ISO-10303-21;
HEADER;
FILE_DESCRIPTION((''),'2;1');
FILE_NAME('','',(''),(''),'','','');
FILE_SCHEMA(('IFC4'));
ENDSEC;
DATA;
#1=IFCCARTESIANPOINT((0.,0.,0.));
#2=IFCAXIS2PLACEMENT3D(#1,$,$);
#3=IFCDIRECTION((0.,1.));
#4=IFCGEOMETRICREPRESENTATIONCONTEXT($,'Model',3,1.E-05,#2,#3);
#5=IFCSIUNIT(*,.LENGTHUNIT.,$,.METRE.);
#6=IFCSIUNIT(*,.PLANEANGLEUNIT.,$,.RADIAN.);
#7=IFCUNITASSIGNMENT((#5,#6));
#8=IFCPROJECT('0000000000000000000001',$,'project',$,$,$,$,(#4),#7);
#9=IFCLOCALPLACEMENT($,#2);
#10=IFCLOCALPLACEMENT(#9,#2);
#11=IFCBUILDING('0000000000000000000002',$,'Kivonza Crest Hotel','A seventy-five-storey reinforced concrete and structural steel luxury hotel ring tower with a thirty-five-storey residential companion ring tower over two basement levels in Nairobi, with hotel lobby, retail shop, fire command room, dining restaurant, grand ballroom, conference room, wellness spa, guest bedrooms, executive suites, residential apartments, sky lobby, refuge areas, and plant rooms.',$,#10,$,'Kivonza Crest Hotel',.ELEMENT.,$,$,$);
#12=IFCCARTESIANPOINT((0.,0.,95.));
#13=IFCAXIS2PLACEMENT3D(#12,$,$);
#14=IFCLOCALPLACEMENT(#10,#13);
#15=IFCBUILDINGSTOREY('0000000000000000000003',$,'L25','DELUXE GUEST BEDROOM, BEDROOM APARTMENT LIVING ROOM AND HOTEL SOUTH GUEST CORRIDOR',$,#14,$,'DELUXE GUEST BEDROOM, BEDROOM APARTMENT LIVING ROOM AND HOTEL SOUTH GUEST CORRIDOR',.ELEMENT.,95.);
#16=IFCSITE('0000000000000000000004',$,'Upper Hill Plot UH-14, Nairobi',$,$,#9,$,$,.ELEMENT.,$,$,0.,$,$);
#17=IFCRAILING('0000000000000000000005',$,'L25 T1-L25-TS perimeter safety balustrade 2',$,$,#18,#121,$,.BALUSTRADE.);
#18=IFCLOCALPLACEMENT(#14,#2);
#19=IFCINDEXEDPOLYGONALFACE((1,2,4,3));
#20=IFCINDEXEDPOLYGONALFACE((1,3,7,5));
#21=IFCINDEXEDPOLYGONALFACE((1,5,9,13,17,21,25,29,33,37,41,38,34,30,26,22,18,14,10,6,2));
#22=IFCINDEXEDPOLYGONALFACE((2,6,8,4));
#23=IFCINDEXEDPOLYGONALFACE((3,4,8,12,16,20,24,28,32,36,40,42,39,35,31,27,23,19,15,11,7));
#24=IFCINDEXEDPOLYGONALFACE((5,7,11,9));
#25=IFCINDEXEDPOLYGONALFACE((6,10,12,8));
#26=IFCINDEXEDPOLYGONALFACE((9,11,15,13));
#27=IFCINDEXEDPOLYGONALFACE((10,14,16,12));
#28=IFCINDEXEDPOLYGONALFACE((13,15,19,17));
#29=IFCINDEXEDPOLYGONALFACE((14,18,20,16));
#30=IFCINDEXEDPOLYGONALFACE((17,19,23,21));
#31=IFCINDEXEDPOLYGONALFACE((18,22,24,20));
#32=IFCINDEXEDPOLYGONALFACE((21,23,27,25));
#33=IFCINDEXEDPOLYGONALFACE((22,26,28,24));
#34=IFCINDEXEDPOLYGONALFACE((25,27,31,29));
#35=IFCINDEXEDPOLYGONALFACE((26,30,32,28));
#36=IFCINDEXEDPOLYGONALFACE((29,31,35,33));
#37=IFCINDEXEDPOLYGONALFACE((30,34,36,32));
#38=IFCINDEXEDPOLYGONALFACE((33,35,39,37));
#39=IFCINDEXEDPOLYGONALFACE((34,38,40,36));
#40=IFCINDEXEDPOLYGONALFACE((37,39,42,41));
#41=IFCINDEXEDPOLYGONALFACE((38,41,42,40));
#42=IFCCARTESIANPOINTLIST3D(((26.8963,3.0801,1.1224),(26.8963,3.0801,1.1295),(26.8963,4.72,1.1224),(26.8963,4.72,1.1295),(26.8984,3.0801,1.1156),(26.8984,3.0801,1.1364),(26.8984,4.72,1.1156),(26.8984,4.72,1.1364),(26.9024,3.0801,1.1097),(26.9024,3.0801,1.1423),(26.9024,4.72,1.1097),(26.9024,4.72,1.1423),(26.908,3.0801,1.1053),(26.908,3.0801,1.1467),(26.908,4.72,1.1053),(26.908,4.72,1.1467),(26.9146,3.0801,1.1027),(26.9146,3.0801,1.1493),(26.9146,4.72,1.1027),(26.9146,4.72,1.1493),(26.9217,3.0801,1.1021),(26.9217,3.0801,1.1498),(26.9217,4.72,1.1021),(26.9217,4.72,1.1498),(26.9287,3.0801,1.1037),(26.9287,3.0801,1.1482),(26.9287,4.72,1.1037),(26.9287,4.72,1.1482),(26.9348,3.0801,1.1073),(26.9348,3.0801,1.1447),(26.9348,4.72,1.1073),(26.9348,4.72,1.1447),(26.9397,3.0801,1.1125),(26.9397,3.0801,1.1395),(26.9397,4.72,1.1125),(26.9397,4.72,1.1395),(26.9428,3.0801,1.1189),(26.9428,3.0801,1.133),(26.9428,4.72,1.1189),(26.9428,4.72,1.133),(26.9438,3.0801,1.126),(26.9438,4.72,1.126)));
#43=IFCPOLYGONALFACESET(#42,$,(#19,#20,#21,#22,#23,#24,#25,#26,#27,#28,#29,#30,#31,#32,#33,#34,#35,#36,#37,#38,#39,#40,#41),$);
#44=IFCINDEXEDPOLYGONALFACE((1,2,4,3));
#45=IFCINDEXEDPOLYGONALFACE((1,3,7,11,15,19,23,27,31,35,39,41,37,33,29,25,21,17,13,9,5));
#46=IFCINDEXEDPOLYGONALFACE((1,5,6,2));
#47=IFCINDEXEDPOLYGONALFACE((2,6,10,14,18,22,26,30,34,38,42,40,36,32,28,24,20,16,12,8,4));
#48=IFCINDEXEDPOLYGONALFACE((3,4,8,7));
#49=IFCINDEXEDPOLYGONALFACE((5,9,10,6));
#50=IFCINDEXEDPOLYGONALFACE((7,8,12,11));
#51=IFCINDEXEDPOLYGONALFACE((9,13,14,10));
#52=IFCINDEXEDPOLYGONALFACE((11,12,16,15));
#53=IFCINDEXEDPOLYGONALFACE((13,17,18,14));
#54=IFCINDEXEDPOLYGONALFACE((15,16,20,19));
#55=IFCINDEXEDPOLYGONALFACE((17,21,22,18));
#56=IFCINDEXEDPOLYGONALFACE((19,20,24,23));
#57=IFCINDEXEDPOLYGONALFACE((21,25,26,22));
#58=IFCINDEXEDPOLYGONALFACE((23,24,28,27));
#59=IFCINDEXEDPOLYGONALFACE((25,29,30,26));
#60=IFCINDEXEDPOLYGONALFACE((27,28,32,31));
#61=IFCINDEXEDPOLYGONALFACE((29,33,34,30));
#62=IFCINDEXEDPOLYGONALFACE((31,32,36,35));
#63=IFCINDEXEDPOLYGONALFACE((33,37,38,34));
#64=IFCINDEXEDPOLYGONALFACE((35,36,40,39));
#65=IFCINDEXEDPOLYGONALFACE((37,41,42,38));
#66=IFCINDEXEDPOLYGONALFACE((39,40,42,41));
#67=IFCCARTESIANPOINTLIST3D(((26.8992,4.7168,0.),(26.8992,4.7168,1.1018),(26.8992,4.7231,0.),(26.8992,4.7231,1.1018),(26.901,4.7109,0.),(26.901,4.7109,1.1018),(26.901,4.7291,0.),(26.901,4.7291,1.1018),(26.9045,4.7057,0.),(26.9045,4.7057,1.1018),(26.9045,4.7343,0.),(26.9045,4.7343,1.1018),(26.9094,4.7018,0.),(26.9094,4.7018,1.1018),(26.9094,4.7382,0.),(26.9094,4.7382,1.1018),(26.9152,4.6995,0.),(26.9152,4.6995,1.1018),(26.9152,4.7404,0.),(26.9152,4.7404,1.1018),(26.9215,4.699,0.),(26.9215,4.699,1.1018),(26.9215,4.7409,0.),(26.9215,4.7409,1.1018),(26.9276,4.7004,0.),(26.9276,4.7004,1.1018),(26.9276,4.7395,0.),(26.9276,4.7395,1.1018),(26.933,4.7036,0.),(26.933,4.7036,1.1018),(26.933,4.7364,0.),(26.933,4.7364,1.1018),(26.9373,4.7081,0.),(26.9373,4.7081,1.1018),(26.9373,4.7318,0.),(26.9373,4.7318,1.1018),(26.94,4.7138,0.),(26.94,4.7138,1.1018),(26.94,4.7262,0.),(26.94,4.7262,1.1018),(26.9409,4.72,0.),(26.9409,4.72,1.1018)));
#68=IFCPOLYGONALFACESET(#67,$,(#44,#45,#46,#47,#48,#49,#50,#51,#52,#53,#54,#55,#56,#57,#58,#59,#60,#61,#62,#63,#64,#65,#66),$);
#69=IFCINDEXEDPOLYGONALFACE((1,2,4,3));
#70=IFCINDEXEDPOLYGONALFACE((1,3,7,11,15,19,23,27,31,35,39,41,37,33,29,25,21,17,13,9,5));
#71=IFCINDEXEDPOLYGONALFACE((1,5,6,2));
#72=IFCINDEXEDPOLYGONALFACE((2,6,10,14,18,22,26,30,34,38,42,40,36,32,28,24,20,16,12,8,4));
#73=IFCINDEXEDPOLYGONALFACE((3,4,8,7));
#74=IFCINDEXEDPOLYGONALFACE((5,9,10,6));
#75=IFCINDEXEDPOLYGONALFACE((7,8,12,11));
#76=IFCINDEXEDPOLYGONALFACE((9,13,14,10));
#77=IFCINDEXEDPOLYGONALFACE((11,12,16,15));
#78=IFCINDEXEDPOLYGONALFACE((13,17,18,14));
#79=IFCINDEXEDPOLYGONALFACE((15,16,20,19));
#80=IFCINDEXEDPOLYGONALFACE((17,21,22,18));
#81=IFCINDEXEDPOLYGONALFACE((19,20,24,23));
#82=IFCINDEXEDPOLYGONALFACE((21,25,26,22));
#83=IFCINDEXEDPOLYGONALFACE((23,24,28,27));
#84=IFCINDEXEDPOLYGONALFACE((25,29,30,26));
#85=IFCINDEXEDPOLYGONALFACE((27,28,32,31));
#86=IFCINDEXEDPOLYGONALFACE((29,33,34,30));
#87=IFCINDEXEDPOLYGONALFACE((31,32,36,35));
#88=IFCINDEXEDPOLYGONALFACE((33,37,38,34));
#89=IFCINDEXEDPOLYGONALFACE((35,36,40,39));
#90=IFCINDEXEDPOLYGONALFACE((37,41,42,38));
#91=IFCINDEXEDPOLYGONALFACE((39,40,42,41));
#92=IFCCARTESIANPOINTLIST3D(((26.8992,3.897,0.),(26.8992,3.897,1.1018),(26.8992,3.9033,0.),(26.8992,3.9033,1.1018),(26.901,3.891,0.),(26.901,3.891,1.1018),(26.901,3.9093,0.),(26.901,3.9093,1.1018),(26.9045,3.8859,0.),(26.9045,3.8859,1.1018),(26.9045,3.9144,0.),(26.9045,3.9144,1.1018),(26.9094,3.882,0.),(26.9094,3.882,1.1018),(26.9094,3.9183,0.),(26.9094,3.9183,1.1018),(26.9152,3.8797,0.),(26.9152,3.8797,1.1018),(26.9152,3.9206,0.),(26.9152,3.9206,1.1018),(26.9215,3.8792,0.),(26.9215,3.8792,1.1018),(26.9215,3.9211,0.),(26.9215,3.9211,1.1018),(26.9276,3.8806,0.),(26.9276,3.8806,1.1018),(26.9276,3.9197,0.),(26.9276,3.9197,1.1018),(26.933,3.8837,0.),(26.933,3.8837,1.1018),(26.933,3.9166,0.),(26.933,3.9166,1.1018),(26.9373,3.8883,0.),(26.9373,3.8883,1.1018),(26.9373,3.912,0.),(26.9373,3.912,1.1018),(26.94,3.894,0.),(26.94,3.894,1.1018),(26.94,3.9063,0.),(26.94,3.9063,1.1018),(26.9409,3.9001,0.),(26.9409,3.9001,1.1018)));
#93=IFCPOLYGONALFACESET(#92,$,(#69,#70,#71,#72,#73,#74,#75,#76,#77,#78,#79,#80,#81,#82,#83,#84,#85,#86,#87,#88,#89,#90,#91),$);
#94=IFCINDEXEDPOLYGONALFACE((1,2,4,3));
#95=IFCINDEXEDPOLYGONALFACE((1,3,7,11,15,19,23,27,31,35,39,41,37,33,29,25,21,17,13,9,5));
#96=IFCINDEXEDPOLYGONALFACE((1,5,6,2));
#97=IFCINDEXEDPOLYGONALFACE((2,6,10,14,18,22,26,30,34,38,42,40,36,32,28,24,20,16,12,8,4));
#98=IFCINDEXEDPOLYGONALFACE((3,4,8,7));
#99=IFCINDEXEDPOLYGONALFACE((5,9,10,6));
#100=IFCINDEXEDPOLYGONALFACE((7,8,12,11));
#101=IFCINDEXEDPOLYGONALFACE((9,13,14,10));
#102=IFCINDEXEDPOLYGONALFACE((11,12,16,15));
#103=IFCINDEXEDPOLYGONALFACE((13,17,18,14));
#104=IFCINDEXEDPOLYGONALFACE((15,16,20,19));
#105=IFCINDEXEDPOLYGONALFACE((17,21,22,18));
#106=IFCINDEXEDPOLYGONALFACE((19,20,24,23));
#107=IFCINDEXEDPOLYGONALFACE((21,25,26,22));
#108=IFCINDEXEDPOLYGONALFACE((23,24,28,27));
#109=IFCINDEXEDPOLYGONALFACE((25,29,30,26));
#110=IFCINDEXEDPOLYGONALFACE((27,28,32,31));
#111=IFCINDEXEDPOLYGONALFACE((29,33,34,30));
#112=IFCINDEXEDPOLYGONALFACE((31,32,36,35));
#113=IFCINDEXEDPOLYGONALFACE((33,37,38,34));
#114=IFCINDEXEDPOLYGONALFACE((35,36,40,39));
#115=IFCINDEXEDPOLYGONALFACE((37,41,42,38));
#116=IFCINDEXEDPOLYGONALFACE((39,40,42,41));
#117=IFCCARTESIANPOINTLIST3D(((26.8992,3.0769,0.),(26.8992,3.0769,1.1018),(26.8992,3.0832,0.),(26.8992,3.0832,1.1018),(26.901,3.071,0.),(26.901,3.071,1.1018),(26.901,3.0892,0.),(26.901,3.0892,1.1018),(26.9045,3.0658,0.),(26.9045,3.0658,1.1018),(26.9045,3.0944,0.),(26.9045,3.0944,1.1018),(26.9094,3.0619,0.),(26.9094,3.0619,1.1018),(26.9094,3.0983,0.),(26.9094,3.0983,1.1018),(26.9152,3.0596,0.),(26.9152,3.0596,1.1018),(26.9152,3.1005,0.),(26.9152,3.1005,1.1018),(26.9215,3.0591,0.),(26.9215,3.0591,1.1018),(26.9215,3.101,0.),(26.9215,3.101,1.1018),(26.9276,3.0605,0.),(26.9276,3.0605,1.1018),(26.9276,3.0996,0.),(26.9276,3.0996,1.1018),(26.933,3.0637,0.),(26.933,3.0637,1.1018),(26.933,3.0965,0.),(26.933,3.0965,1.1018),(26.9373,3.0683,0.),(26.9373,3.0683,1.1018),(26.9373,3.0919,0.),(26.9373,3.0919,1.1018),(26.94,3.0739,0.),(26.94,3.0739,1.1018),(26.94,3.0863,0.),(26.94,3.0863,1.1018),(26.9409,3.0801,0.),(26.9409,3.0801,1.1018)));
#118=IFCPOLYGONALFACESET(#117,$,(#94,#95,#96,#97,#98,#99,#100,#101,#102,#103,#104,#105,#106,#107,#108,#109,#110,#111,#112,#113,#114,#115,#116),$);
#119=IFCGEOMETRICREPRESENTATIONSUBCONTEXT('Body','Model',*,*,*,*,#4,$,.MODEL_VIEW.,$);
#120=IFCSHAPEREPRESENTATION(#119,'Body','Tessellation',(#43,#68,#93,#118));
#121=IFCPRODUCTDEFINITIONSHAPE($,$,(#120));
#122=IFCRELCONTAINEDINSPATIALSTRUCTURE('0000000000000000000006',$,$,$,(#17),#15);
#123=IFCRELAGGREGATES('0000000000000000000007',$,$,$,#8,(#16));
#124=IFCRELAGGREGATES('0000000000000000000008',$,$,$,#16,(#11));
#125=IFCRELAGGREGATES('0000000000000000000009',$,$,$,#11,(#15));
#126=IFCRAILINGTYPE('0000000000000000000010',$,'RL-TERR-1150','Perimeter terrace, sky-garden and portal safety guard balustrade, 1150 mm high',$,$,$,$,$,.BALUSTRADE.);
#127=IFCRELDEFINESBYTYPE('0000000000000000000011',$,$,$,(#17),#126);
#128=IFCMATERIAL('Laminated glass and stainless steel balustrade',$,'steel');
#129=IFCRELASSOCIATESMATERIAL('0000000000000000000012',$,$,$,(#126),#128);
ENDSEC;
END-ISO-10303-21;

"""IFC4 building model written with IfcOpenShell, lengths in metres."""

from ifc_helpers import new_model, si_unit, direction, frame, origin, origin_2d, place, context, subcontext, project, spatial, circle, extrude, material, type_object, element, save


model = new_model("IFC4")

# Units and contexts
model_context = context("Model", 3, precision=1e-05, world=origin(), true_north=direction((0.0, 1.0)))
body_context = subcontext(model_context, "Body", "Model", "MODEL_VIEW")
ifc_project = project(units=[si_unit("LENGTHUNIT", "METRE"), si_unit("PLANEANGLEUNIT", "RADIAN")], contexts=[model_context])

# Site, building, storey
site_placement = place(None, origin())
site = spatial("IfcSite", under=ifc_project, at=site_placement, Name="Upper Hill Plot UH-14, Nairobi", CompositionType="ELEMENT", RefElevation=0.0)
building_placement = place(site_placement, origin())
building = spatial("IfcBuilding", under=site, at=building_placement, Name="Kivonza Crest Hotel", Description="A seventy-five-storey reinforced concrete and structural steel luxury hotel ring tower with a thirty-five-storey residential companion ring tower over two basement levels in Nairobi, with hotel lobby, retail shop, fire command room, dining restaurant, grand ballroom, conference room, wellness spa, guest bedrooms, executive suites, residential apartments, sky lobby, refuge areas, and plant rooms.", LongName="Kivonza Crest Hotel", CompositionType="ELEMENT")
storey_placement = place(building_placement, frame((0.0, 0.0, 95.0)))
storey = spatial("IfcBuildingStorey", under=building, at=storey_placement, Name="L25", Description="DELUXE GUEST BEDROOM, BEDROOM APARTMENT LIVING ROOM AND HOTEL SOUTH GUEST CORRIDOR", LongName="DELUXE GUEST BEDROOM, BEDROOM APARTMENT LIVING ROOM AND HOTEL SOUTH GUEST CORRIDOR", CompositionType="ELEMENT", Elevation=95.0)

# Railing
ifc_material_1 = material(Name="Laminated glass and stainless steel balustrade", Category="steel")
railing_type = type_object("IfcRailingType", Name="RL-TERR-1150", Description="Perimeter terrace, sky-garden and portal safety guard balustrade, 1150 mm high", PredefinedType="BALUSTRADE", material=ifc_material_1)
railing_1_placement = place(storey_placement, frame((26.9199, 4.72, 0.0)))
element("IfcRailing", 1, at=railing_1_placement, inside=storey, type_object=railing_type, Name="L25 T1-L25-TS perimeter safety balustrade 2", PredefinedType="BALUSTRADE", context=body_context, shape_type="SweptSolid", body=[
    extrude(circle(Radius=0.0239, at=origin_2d()), frame((0.0, 0.0, 1.126), z_axis=(0.0, -1.0, 0.0), x_axis=(1.0, 0.0, 0.0)), (0.0, 0.0, 1.0), 1.6399),
    extrude(circle(Radius=0.021, at=origin_2d()), origin(), (0.0, 0.0, 1.0), 1.1018),
    extrude(circle(Radius=0.021, at=origin_2d()), frame((0.0, -0.8198, 0.0)), (0.0, 0.0, 1.0), 1.1018),
    extrude(circle(Radius=0.021, at=origin_2d()), frame((0.0, -1.6399, 0.0)), (0.0, 0.0, 1.0), 1.1018),
])

save(model, "model.ifc")
